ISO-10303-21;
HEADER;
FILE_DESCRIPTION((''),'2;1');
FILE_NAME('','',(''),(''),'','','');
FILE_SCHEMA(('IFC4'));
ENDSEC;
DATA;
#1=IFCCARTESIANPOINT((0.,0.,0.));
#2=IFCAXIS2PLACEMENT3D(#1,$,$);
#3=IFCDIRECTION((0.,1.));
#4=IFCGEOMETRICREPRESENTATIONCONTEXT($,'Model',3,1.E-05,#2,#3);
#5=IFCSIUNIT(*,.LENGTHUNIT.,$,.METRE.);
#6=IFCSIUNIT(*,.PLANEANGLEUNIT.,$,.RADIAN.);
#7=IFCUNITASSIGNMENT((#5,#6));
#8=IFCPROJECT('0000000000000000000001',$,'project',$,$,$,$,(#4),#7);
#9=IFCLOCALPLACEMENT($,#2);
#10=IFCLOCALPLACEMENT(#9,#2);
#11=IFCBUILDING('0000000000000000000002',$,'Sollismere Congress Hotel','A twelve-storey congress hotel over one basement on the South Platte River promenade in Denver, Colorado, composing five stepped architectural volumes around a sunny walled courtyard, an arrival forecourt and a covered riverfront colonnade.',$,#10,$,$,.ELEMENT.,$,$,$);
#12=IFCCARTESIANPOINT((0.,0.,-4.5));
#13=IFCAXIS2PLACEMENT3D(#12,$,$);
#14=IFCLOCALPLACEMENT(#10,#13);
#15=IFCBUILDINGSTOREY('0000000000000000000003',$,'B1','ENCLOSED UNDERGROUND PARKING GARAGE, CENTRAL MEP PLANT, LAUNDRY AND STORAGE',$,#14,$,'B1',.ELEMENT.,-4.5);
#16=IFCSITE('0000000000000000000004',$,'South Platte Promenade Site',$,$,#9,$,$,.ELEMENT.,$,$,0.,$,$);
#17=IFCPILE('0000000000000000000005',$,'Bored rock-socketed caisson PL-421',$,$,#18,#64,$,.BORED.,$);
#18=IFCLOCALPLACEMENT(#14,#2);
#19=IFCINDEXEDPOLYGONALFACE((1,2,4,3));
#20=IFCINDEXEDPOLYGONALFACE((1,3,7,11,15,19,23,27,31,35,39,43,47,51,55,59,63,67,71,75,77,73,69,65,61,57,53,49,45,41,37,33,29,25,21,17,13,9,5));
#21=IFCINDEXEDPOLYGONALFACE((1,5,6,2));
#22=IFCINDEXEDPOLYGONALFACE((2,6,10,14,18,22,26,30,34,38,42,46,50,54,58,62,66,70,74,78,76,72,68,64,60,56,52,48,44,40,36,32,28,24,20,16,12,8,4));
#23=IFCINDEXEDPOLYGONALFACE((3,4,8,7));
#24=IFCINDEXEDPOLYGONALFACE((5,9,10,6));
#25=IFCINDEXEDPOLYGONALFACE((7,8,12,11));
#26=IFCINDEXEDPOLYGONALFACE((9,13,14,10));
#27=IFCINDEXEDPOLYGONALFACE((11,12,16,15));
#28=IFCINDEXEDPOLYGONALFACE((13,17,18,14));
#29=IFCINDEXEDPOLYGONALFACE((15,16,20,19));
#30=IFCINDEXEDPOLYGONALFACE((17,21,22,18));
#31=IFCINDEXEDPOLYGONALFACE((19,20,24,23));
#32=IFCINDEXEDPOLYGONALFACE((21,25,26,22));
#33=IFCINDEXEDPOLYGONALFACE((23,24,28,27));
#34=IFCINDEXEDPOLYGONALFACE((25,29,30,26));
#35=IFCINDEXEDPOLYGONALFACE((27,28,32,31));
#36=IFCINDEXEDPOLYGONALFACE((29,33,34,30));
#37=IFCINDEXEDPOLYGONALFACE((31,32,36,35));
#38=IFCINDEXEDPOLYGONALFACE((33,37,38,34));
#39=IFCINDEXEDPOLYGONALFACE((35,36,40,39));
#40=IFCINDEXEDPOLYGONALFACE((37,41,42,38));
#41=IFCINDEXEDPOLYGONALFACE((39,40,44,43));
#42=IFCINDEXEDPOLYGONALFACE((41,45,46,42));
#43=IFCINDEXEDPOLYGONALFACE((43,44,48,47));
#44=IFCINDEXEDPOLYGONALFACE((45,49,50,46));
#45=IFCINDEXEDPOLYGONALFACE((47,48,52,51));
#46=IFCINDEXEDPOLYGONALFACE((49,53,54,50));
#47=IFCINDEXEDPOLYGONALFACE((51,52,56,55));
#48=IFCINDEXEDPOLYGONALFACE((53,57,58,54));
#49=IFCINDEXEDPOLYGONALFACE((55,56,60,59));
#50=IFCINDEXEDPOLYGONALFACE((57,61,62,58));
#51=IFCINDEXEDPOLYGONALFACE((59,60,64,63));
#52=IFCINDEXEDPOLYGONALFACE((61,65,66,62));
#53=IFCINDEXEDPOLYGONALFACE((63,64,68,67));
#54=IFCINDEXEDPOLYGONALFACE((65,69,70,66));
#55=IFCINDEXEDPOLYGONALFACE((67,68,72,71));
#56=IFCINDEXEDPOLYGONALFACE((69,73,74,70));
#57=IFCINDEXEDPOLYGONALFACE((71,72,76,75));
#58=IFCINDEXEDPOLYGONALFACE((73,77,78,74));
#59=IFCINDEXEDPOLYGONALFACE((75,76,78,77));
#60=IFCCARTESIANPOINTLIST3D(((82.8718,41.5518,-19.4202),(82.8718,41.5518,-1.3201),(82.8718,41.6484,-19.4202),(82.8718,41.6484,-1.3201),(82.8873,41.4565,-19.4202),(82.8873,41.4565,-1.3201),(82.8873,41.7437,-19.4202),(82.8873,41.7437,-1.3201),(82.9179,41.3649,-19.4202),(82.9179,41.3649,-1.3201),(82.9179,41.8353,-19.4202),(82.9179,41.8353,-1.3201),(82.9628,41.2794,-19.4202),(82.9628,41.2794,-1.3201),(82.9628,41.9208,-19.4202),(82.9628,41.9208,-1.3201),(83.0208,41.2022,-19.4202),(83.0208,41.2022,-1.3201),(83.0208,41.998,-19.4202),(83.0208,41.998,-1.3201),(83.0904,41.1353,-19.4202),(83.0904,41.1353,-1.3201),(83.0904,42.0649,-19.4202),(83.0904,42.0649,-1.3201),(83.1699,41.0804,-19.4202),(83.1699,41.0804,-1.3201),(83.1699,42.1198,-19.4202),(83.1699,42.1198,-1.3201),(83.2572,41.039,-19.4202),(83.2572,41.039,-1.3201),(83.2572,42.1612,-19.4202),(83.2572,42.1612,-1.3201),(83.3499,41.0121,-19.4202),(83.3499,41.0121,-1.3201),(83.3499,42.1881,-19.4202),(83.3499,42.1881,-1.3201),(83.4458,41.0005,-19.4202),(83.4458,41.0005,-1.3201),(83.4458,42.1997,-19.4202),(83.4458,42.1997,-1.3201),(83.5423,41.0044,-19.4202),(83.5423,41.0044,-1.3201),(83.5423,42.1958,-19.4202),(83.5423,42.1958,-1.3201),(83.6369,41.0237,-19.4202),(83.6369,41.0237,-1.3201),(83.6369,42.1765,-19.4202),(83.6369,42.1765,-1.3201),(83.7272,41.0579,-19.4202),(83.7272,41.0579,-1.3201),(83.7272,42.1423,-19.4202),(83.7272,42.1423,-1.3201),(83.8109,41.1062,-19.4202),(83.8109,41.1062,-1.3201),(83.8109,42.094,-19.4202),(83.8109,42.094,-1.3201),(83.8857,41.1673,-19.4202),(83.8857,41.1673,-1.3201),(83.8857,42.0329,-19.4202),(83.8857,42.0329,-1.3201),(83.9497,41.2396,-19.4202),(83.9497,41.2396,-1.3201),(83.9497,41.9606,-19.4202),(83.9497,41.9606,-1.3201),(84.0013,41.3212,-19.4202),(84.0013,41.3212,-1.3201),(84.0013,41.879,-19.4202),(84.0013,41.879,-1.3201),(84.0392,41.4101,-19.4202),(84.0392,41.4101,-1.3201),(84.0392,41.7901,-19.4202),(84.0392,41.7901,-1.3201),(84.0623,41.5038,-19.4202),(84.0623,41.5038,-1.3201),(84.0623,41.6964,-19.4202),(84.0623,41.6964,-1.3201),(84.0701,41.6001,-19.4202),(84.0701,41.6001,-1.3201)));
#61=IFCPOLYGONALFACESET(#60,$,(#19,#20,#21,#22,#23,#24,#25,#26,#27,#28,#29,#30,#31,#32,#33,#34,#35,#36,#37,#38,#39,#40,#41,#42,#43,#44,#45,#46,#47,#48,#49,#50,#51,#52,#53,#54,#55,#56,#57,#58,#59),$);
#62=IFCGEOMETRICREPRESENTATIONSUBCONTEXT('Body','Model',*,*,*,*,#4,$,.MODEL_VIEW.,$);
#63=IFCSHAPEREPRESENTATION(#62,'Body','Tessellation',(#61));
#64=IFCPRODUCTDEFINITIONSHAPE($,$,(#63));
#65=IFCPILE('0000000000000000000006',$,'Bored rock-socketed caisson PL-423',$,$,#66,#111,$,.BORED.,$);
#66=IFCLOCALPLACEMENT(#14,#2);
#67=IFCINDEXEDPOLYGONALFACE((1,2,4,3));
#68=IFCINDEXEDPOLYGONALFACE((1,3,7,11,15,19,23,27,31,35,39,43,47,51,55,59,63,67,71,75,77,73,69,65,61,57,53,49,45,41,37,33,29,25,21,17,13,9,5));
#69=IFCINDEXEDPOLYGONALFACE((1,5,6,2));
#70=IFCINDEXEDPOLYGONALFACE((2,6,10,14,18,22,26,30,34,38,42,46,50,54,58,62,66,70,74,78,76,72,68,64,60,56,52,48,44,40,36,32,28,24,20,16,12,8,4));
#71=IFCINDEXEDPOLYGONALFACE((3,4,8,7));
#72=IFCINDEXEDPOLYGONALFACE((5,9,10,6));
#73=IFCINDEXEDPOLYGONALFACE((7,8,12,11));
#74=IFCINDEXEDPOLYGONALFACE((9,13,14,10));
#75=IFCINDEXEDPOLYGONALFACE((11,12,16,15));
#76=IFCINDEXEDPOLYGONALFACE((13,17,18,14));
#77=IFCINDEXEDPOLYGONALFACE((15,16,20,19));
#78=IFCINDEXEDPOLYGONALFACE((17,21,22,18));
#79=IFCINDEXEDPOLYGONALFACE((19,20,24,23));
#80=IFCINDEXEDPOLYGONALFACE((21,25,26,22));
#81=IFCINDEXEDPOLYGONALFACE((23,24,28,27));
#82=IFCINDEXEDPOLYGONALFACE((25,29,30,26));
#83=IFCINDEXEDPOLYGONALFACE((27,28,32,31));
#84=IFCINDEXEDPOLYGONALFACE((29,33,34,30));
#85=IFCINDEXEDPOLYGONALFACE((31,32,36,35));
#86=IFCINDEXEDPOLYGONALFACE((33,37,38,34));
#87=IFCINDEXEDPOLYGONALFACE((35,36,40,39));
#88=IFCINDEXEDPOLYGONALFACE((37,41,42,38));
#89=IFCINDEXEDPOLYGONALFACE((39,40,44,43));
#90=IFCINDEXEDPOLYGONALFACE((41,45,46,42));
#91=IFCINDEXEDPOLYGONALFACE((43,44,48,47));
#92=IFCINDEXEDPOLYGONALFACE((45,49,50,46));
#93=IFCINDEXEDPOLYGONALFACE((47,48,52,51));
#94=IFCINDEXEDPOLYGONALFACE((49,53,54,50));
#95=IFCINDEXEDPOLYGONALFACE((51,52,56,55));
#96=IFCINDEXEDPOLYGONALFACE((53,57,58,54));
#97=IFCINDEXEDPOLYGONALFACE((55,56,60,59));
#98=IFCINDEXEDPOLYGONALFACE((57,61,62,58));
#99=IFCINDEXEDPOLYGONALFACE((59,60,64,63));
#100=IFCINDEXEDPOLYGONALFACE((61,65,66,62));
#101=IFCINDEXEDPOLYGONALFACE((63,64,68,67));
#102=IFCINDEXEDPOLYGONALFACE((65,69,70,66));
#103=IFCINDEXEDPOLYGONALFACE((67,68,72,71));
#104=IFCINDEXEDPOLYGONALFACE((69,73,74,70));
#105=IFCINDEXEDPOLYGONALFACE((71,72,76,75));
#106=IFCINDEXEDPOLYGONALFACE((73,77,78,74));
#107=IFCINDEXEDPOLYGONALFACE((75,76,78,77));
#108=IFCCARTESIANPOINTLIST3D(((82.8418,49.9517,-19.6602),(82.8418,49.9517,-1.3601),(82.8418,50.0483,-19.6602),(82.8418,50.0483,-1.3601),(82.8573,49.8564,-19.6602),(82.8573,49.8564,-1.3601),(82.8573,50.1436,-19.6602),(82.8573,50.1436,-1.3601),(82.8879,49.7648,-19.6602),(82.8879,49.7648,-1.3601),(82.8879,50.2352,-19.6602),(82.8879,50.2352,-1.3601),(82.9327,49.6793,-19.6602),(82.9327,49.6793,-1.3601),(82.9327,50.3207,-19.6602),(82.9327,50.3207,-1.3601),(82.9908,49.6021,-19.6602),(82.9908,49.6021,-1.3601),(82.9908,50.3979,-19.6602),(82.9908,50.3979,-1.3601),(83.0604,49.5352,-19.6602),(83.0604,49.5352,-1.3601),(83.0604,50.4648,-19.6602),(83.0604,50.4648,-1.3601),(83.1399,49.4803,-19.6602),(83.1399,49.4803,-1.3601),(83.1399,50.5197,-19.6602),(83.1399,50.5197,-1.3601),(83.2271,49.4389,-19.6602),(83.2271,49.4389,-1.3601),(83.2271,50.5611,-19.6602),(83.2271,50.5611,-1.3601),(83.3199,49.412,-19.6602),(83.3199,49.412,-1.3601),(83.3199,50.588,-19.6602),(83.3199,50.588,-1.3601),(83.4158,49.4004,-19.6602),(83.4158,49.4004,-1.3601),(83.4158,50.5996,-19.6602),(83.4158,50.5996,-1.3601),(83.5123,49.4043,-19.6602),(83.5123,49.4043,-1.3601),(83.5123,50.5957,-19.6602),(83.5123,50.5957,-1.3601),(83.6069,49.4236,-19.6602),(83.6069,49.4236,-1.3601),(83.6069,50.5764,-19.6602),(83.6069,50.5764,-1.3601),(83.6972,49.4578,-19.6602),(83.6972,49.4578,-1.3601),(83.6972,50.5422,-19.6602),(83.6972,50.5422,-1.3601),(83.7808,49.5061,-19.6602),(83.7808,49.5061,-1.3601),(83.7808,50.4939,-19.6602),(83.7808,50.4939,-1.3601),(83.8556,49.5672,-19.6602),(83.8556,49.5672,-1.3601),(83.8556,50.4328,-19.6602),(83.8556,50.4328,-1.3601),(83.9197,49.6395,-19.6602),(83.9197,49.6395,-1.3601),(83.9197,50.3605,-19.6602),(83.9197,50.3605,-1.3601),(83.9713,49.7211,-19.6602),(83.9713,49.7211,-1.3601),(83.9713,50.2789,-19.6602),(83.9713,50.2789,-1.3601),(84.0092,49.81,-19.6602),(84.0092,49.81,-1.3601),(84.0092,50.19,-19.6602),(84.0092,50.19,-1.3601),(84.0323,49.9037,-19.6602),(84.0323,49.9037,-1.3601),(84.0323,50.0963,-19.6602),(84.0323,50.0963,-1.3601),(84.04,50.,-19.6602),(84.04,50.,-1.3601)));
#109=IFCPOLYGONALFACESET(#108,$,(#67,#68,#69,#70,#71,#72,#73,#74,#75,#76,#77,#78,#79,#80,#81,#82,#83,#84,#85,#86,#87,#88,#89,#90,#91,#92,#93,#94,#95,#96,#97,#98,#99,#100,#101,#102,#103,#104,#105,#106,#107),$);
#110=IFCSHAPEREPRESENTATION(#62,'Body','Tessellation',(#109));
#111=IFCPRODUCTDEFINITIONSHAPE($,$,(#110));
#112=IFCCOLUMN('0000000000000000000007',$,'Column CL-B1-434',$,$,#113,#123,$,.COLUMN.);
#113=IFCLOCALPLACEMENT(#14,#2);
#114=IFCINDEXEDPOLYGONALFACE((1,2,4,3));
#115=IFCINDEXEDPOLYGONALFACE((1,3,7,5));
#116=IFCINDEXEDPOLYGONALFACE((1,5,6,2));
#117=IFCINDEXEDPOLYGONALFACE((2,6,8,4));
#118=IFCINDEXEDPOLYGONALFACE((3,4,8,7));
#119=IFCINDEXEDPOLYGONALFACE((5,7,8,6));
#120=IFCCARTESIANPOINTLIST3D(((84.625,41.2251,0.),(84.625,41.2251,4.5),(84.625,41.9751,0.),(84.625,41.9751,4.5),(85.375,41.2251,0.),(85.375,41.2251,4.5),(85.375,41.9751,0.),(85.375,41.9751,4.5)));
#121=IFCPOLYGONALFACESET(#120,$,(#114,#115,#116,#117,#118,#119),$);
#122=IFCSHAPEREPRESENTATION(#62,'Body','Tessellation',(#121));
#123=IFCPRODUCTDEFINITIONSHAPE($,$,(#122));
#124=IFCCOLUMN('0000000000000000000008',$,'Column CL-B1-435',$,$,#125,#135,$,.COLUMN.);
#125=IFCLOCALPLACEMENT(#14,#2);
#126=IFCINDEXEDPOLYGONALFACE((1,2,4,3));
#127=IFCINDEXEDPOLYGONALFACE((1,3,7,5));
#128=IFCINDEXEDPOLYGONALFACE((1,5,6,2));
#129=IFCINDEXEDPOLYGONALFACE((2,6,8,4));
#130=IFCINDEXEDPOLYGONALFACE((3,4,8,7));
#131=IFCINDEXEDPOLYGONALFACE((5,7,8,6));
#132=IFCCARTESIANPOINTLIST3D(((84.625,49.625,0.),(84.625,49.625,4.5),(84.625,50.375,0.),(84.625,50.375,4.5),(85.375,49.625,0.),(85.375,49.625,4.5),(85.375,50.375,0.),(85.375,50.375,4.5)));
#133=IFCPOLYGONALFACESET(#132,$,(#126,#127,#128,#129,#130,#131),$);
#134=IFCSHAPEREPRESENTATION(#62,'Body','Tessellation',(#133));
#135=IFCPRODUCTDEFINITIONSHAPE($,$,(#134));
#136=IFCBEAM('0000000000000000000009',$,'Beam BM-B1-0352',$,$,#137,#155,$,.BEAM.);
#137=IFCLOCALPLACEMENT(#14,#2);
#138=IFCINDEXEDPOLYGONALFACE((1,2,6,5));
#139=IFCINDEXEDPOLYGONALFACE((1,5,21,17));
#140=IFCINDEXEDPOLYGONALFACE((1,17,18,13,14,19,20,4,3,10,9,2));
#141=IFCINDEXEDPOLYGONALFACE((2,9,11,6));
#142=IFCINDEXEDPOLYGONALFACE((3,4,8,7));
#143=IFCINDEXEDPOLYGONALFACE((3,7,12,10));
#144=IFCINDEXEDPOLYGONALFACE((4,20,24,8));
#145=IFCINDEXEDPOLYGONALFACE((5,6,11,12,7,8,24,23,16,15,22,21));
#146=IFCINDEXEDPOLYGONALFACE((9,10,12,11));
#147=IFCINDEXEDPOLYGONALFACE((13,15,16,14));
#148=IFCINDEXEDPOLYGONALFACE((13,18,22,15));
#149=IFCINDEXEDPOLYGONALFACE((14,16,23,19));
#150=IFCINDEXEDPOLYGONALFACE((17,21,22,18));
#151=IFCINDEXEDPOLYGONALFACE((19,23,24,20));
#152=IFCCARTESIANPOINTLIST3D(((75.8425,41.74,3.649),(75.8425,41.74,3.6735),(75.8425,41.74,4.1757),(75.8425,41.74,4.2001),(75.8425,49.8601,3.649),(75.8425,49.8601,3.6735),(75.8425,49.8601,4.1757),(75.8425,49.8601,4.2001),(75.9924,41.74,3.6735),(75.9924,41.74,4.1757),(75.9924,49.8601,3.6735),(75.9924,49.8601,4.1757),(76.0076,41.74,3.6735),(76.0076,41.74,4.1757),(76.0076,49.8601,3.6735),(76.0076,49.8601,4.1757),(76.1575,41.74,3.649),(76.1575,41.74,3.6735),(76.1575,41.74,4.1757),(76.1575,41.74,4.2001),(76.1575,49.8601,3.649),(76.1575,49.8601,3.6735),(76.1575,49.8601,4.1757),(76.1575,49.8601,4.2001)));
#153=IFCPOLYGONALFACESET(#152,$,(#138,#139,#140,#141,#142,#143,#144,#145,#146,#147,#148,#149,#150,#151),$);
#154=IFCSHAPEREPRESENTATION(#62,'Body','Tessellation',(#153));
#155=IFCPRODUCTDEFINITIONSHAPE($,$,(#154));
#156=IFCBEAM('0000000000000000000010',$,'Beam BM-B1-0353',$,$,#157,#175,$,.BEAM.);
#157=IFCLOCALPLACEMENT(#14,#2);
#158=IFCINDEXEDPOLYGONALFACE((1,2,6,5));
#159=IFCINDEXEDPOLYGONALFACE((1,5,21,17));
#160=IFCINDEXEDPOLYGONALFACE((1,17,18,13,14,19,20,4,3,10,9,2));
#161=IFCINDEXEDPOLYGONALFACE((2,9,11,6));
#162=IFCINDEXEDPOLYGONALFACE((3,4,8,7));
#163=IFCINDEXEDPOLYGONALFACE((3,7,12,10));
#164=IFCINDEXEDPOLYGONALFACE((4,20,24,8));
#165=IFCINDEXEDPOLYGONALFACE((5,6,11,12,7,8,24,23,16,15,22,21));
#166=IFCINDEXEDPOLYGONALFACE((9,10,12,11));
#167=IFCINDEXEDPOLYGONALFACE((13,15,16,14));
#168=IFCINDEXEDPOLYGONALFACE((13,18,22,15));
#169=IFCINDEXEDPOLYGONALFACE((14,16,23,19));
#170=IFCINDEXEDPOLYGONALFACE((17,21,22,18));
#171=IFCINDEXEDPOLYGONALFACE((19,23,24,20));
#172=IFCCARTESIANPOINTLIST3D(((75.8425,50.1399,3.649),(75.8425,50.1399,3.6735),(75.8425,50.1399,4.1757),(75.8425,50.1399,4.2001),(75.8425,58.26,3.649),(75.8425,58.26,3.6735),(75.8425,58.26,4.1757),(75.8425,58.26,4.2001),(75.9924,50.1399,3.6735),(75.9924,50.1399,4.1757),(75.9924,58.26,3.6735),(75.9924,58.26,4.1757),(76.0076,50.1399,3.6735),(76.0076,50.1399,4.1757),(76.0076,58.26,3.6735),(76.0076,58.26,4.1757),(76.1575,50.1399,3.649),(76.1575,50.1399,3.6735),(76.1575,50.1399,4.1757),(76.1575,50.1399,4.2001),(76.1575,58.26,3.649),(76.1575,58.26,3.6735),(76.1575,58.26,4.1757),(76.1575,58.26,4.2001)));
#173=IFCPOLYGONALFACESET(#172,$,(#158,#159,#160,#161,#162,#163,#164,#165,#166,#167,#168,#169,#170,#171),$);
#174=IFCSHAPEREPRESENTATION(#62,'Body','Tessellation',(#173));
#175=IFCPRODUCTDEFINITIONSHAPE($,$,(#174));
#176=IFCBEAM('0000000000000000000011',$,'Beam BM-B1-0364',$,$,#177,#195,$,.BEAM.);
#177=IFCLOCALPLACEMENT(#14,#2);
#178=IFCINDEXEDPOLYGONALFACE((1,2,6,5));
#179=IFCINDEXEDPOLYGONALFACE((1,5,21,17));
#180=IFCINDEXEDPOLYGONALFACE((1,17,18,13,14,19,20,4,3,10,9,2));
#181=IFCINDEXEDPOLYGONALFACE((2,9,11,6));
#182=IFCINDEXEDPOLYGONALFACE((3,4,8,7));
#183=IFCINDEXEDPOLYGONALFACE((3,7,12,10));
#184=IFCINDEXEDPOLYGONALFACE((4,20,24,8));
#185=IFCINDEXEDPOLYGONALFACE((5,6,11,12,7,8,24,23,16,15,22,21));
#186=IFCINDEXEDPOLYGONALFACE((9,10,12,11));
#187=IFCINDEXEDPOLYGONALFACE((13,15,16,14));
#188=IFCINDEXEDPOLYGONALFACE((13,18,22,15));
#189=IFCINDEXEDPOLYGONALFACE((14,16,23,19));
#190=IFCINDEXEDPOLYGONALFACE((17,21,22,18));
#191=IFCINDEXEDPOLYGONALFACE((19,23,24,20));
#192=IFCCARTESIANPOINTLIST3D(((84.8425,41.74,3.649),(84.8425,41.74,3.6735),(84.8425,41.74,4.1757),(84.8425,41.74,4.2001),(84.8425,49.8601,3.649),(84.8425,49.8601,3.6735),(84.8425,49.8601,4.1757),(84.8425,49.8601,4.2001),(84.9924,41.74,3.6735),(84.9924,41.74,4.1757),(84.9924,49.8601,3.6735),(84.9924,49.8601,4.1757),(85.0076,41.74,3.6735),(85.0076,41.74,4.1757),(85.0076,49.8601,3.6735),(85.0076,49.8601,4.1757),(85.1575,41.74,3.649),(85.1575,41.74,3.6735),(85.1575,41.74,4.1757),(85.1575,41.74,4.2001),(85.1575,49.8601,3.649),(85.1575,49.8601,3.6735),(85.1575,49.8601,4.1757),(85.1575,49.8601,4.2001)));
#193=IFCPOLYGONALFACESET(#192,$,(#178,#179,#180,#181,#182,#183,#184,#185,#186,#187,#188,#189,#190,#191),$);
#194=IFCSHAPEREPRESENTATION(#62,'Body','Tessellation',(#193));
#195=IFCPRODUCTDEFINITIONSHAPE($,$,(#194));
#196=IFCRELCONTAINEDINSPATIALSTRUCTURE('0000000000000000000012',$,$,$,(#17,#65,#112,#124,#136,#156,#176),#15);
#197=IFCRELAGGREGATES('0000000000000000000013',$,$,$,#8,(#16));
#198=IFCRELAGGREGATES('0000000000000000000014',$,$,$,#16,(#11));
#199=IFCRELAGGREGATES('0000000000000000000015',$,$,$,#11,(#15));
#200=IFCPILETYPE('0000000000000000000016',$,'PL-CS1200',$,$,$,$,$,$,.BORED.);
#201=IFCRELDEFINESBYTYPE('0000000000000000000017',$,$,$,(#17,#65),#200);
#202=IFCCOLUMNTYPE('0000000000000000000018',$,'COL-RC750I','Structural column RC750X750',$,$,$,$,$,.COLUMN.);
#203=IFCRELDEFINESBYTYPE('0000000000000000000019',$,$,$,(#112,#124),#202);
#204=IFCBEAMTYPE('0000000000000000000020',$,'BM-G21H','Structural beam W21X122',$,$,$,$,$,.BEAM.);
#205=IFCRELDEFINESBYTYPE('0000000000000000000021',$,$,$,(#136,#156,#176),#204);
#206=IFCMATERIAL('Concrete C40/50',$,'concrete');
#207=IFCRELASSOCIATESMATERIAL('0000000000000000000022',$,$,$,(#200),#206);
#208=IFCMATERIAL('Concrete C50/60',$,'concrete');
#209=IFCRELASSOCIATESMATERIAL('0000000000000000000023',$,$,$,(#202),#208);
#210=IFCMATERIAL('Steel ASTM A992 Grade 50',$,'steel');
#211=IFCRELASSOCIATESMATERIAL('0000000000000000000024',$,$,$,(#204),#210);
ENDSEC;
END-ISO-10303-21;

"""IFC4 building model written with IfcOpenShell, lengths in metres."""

from ifc_helpers import new_model, si_unit, direction, frame, origin, origin_2d, place, context, subcontext, project, spatial, rectangle, circle, i_section, extrude, material, material_profile, profile_set, type_object, element, save


model = new_model("IFC4")

# Units and contexts
model_context = context("Model", 3, precision=1e-05, world=origin(), true_north=direction((0.0, 1.0)))
body_context = subcontext(model_context, "Body", "Model", "MODEL_VIEW")
ifc_project = project(units=[si_unit("LENGTHUNIT", "METRE"), si_unit("PLANEANGLEUNIT", "RADIAN")], contexts=[model_context])

# Site, building, storey
site_placement = place(None, origin())
site = spatial("IfcSite", under=ifc_project, at=site_placement, Name="South Platte Promenade Site", CompositionType="ELEMENT", RefElevation=0.0)
building_placement = place(site_placement, origin())
building = spatial("IfcBuilding", under=site, at=building_placement, Name="Sollismere Congress Hotel", Description="A twelve-storey congress hotel over one basement on the South Platte River promenade in Denver, Colorado, composing five stepped architectural volumes around a sunny walled courtyard, an arrival forecourt and a covered riverfront colonnade.", CompositionType="ELEMENT")
storey_placement = place(building_placement, frame((0.0, 0.0, -4.5)))
storey = spatial("IfcBuildingStorey", under=building, at=storey_placement, Name="B1", Description="ENCLOSED UNDERGROUND PARKING GARAGE, CENTRAL MEP PLANT, LAUNDRY AND STORAGE", LongName="B1", CompositionType="ELEMENT", Elevation=-4.5)

# Shared definitions
ifc_material_1 = material(Name="Concrete C40/50", Category="concrete")

# Piles
ifc_material_profile_1 = material_profile(ifc_material_1, circle(Radius=0.6001, at=origin_2d()), Name="CAISSON1200")
ifc_profile_set_1 = profile_set([ifc_material_profile_1], Name="Concrete C40/50")
pile_type = type_object("IfcPileType", Name="PL-CS1200", PredefinedType="BORED", material=ifc_profile_set_1)
pile_1_placement = place(storey_placement, frame((83.47, 41.6001, -1.3201), z_axis=(0.0, 0.0, -1.0), x_axis=(1.0, 0.0, 0.0)))
element("IfcPile", 1, at=pile_1_placement, inside=storey, type_object=pile_type, Name="Bored rock-socketed caisson PL-421", PredefinedType="BORED", context=body_context, shape_type="SweptSolid", body=[
    extrude(circle(Radius=0.6001, at=origin_2d()), origin(), (0.0, 0.0, 1.0), 18.1001),
])
pile_2_placement = place(storey_placement, frame((83.4399, 50.0, -1.3601), z_axis=(0.0, 0.0, -1.0), x_axis=(1.0, 0.0, 0.0)))
element("IfcPile", 2, at=pile_2_placement, inside=storey, type_object=pile_type, Name="Bored rock-socketed caisson PL-423", PredefinedType="BORED", context=body_context, shape_type="SweptSolid", body=[
    extrude(circle(Radius=0.6001, at=origin_2d()), origin(), (0.0, 0.0, 1.0), 18.3),
])

# Columns
ifc_material_2 = material(Name="Concrete C50/60", Category="concrete")
ifc_material_profile_2 = material_profile(ifc_material_2, rectangle(XDim=0.75, YDim=0.75, at=origin_2d()), Name="RC750X750")
ifc_profile_set_2 = profile_set([ifc_material_profile_2], Name="Concrete C50/60")
column_type = type_object("IfcColumnType", Name="COL-RC750I", Description="Structural column RC750X750", PredefinedType="COLUMN", material=ifc_profile_set_2)
for number, where, z_axis, x_axis, name in (
    (3, (85.0, 41.6001, 0.0), (0.0, 0.0, 1.0), (1.0, 0.0, 0.0), "Column CL-B1-434"),
    (4, (85.0, 50.0, 0.0), (0.0, 0.0, 1.0), (1.0, 0.0, 0.0), "Column CL-B1-435"),
):
    element("IfcColumn", number, at=place(storey_placement, frame(where, z_axis=z_axis, x_axis=x_axis)), inside=storey, type_object=column_type, Name=name, PredefinedType="COLUMN", context=body_context, shape_type="SweptSolid", body=[
        extrude(rectangle(XDim=0.75, YDim=0.75, at=origin_2d()), origin(), (0.0, 0.0, 1.0), 4.5),
    ])

# Beams
ifc_material_3 = material(Name="Steel ASTM A992 Grade 50", Category="steel")
ifc_material_profile_3 = material_profile(ifc_material_3, i_section(OverallWidth=0.3149, OverallDepth=0.551, WebThickness=0.0151, FlangeThickness=0.0244, at=origin_2d()), Name="W21X122")
ifc_profile_set_3 = profile_set([ifc_material_profile_3], Name="Steel ASTM A992 Grade 50")
beam_type_1 = type_object("IfcBeamType", Name="BM-G21H", Description="Structural beam W21X122", PredefinedType="BEAM", material=ifc_profile_set_3)
for number, where, z_axis, x_axis, name in (
    (5, (76.0, 41.74, 3.9246), (0.0, 1.0, 0.0), (-1.0, 0.0, 0.0), "Beam BM-B1-0352"),
    (6, (76.0, 50.1399, 3.9246), (0.0, 1.0, 0.0), (-1.0, 0.0, 0.0), "Beam BM-B1-0353"),
    (7, (85.0, 41.74, 3.9246), (0.0, 1.0, 0.0), (-1.0, 0.0, 0.0), "Beam BM-B1-0364"),
):
    element("IfcBeam", number, at=place(storey_placement, frame(where, z_axis=z_axis, x_axis=x_axis)), inside=storey, type_object=beam_type_1, Name=name, PredefinedType="BEAM", context=body_context, shape_type="SweptSolid", body=[
        extrude(i_section(OverallWidth=0.3149, OverallDepth=0.551, WebThickness=0.0151, FlangeThickness=0.0244, at=origin_2d()), origin(), (0.0, 0.0, 1.0), 8.1201),
    ])

save(model, "model.ifc")
